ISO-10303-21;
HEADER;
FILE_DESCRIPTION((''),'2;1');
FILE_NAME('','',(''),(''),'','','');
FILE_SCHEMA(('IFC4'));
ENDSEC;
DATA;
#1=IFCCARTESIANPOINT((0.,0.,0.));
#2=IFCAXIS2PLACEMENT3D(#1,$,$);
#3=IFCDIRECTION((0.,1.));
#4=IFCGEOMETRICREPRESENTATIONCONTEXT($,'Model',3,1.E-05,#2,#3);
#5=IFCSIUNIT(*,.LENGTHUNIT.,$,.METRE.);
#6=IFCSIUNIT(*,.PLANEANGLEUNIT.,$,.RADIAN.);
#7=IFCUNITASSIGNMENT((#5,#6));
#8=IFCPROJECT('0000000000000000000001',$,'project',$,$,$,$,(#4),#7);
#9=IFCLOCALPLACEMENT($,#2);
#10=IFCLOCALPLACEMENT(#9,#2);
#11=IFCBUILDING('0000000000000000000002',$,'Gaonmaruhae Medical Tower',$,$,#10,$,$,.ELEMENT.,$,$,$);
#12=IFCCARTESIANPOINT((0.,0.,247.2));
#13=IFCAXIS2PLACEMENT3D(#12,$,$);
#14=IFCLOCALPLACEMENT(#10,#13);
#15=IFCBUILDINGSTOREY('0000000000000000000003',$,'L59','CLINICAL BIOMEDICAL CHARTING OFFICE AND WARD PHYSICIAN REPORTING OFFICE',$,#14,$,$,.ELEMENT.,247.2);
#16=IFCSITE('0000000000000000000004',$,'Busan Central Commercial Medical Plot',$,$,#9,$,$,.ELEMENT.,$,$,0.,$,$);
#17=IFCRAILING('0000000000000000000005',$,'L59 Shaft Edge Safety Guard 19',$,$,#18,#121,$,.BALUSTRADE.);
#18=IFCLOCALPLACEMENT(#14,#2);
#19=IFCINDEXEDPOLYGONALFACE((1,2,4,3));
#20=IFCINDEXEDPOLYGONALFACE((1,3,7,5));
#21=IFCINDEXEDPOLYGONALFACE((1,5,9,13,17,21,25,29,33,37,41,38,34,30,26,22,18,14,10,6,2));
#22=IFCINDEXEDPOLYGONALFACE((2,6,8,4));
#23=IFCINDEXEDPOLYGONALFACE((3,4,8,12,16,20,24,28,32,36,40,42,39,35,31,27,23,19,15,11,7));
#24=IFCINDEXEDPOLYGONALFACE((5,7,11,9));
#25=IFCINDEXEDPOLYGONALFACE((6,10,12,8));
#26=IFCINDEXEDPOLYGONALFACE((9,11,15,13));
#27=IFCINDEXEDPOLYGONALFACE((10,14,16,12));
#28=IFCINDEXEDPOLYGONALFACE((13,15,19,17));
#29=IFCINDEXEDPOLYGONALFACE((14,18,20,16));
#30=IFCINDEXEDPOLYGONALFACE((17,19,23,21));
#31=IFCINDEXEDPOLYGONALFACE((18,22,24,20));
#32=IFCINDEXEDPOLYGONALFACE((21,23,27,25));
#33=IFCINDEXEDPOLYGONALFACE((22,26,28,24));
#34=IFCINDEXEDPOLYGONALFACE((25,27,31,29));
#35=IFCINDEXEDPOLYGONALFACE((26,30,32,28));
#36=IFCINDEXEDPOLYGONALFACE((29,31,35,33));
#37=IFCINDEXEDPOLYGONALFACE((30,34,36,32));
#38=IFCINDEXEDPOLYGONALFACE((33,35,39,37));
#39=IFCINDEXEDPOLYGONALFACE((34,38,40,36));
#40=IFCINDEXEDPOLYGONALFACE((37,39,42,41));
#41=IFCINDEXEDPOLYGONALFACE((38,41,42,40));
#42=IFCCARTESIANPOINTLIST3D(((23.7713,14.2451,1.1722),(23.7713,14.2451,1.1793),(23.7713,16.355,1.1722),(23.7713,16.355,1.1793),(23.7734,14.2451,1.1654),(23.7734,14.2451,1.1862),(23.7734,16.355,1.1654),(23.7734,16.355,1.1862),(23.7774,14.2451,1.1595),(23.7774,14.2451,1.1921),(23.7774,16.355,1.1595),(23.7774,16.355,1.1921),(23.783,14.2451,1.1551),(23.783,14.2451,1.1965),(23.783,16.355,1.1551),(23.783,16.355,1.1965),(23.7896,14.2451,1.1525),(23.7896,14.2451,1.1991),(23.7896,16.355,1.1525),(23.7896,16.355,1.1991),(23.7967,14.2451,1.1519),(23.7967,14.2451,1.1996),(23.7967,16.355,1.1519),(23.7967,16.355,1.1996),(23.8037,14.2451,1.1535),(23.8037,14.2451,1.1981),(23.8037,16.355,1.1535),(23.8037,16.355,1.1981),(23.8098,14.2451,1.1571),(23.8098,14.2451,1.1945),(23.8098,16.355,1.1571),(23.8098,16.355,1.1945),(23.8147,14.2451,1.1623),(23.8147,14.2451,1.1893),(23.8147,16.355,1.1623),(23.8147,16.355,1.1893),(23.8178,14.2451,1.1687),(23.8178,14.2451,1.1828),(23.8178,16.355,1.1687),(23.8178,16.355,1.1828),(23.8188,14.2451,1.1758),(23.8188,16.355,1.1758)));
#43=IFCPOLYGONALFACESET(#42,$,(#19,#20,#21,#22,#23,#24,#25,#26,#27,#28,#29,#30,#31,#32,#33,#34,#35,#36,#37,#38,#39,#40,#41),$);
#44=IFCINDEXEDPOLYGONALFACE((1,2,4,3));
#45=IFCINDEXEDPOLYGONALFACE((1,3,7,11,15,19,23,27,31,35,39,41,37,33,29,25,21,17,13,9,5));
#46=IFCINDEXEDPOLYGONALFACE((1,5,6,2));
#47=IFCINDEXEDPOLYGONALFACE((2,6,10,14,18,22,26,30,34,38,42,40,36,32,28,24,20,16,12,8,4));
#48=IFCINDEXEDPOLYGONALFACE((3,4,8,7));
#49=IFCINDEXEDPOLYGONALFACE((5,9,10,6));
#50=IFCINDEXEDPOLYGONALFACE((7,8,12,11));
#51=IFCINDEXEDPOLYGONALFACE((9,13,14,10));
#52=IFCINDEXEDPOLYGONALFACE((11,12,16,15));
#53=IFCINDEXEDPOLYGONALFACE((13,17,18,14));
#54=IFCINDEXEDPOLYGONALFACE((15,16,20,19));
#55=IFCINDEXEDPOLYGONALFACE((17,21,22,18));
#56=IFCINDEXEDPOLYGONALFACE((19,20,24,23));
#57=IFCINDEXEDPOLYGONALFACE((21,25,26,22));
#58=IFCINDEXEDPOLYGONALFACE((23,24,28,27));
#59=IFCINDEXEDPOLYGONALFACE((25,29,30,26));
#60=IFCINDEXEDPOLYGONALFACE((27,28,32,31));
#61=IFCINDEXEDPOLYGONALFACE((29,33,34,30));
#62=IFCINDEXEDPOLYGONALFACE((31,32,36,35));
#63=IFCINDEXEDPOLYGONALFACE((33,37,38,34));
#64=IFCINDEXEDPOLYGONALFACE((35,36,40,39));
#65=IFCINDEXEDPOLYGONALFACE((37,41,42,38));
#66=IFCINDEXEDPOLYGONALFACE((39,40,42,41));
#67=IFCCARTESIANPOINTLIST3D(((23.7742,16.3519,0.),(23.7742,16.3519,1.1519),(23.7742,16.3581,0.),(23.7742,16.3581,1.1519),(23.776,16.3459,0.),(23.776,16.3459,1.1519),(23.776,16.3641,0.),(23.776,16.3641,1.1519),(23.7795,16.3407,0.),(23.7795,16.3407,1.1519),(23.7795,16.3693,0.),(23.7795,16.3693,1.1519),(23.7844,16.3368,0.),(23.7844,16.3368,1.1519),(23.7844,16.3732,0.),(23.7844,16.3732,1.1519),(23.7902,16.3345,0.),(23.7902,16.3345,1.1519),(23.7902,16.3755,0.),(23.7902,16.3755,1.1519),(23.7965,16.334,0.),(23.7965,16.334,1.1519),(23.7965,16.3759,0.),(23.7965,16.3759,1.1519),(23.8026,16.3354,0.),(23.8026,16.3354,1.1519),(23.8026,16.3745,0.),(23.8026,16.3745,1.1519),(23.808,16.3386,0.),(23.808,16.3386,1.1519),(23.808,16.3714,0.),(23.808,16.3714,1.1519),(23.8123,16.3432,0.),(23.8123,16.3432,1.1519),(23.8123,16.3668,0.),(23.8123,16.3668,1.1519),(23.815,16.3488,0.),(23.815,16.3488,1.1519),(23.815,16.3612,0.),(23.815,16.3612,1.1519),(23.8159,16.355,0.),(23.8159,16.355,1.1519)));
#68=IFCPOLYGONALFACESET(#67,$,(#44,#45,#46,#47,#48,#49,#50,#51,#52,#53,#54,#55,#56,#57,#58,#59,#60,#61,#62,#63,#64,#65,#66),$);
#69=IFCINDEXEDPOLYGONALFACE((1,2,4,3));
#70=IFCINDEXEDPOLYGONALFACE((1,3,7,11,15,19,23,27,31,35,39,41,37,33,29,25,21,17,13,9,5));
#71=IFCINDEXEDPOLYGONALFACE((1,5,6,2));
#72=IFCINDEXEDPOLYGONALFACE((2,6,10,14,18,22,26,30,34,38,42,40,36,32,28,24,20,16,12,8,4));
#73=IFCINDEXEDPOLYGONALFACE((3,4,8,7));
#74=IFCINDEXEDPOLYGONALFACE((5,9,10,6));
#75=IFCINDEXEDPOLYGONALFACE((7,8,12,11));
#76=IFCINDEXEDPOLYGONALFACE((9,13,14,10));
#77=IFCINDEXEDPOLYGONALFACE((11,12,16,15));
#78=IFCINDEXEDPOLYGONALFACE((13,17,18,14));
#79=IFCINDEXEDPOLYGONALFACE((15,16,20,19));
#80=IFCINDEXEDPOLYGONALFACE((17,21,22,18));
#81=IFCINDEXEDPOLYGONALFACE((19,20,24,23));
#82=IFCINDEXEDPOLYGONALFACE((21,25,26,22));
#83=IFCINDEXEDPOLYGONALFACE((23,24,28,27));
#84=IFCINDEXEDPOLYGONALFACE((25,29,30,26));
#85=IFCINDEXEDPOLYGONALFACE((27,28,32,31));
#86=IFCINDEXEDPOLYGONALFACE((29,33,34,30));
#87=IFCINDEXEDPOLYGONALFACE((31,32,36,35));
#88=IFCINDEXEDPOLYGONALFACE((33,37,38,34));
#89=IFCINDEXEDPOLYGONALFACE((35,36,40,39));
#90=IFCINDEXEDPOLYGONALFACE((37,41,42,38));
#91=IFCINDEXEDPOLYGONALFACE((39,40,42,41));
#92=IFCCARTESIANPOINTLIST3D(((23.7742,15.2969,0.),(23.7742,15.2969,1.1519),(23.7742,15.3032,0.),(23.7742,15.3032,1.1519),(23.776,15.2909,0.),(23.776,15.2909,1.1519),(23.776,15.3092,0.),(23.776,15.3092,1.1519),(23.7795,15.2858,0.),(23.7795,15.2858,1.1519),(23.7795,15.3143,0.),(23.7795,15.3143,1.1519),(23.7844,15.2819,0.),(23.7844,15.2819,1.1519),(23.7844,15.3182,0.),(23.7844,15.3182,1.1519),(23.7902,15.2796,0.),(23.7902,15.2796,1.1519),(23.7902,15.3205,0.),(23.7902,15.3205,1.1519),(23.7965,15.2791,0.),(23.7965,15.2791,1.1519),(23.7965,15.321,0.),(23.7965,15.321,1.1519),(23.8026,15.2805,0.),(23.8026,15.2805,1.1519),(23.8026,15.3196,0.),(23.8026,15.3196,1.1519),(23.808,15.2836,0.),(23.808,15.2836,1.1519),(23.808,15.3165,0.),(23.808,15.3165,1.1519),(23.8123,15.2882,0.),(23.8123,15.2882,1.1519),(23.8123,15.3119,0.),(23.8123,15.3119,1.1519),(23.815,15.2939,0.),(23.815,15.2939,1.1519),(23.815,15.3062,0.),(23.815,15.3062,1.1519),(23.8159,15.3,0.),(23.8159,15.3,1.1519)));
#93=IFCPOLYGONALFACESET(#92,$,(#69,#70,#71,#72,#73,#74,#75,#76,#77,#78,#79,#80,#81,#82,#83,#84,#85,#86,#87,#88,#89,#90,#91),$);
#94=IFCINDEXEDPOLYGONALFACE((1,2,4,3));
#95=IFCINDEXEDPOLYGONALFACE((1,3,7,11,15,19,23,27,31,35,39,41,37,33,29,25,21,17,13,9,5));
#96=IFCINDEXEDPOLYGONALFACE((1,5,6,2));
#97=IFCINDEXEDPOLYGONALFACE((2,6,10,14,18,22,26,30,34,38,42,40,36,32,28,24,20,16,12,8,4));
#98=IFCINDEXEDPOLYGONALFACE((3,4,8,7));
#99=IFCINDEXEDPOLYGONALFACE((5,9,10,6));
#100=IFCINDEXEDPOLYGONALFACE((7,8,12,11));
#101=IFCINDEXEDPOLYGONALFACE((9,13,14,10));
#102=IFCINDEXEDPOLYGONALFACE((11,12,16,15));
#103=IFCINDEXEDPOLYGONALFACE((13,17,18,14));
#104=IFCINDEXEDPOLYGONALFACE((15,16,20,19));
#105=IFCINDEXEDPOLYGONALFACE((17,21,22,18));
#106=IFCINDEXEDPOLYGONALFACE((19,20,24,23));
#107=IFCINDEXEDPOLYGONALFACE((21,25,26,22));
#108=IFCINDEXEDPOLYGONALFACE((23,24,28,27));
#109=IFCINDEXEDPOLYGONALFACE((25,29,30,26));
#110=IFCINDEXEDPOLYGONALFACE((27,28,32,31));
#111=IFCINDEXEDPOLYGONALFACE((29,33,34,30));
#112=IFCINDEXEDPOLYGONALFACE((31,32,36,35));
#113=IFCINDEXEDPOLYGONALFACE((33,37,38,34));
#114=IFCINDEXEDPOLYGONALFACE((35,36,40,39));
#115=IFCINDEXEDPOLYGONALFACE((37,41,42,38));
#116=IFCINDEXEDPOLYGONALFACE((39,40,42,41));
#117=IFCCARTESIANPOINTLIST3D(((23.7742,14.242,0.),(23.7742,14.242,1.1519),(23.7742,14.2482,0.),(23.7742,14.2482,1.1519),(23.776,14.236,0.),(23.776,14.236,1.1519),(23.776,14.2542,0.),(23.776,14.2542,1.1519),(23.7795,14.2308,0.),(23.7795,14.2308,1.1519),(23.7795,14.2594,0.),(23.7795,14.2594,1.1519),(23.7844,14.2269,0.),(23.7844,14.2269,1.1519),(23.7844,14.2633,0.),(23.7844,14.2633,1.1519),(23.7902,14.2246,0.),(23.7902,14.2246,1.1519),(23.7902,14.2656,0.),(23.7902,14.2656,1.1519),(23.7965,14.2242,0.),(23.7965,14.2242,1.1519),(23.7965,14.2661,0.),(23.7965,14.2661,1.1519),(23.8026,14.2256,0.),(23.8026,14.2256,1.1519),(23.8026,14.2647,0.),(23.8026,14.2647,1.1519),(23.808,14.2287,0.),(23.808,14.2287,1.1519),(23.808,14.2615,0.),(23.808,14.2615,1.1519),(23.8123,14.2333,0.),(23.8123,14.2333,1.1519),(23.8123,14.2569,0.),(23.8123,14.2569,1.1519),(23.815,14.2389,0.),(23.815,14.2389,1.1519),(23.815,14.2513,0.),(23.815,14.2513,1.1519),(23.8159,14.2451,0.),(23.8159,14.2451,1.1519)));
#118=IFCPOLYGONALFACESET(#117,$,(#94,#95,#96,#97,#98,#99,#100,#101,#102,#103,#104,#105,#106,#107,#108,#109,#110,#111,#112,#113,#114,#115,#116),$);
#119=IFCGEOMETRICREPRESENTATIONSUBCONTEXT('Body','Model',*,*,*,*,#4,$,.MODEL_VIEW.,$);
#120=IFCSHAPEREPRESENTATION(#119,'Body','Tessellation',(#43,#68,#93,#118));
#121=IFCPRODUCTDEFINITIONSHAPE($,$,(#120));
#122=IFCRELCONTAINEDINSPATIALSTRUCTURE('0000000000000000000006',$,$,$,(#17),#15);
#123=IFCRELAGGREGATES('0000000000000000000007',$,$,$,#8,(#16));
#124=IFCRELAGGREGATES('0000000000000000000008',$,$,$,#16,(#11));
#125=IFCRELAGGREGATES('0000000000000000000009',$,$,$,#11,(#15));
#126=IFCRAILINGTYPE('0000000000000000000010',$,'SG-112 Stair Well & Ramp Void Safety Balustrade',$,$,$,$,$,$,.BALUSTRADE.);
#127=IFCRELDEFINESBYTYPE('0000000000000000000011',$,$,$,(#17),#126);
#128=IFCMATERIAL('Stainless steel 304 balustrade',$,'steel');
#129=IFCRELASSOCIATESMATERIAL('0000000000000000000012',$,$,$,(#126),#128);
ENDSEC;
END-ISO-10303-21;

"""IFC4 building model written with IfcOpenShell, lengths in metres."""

from ifc_helpers import new_model, si_unit, direction, frame, origin, origin_2d, place, context, subcontext, project, spatial, circle, extrude, material, type_object, element, save


model = new_model("IFC4")

# Units and contexts
model_context = context("Model", 3, precision=1e-05, world=origin(), true_north=direction((0.0, 1.0)))
body_context = subcontext(model_context, "Body", "Model", "MODEL_VIEW")
ifc_project = project(units=[si_unit("LENGTHUNIT", "METRE"), si_unit("PLANEANGLEUNIT", "RADIAN")], contexts=[model_context])

# Site, building, storey
site_placement = place(None, origin())
site = spatial("IfcSite", under=ifc_project, at=site_placement, Name="Busan Central Commercial Medical Plot", CompositionType="ELEMENT", RefElevation=0.0)
building_placement = place(site_placement, origin())
building = spatial("IfcBuilding", under=site, at=building_placement, Name="Gaonmaruhae Medical Tower", CompositionType="ELEMENT")
storey_placement = place(building_placement, frame((0.0, 0.0, 247.2)))
storey = spatial("IfcBuildingStorey", under=building, at=storey_placement, Name="L59", Description="CLINICAL BIOMEDICAL CHARTING OFFICE AND WARD PHYSICIAN REPORTING OFFICE", CompositionType="ELEMENT", Elevation=247.2)

# Railing
ifc_material_1 = material(Name="Stainless steel 304 balustrade", Category="steel")
railing_type = type_object("IfcRailingType", Name="SG-112 Stair Well & Ramp Void Safety Balustrade", PredefinedType="BALUSTRADE", material=ifc_material_1)
railing_1_placement = place(storey_placement, frame((23.7949, 16.355, 0.0)))
element("IfcRailing", 1, at=railing_1_placement, inside=storey, type_object=railing_type, Name="L59 Shaft Edge Safety Guard 19", PredefinedType="BALUSTRADE", context=body_context, shape_type="SweptSolid", body=[
    extrude(circle(Radius=0.0239, at=origin_2d()), frame((0.0, 0.0, 1.1758), z_axis=(0.0, -1.0, 0.0), x_axis=(1.0, 0.0, 0.0)), (0.0, 0.0, 1.0), 2.1099),
    extrude(circle(Radius=0.021, at=origin_2d()), origin(), (0.0, 0.0, 1.0), 1.1519),
    extrude(circle(Radius=0.021, at=origin_2d()), frame((0.0, -1.0549, 0.0)), (0.0, 0.0, 1.0), 1.1519),
    extrude(circle(Radius=0.021, at=origin_2d()), frame((0.0, -2.1099, 0.0)), (0.0, 0.0, 1.0), 1.1519),
])

save(model, "model.ifc")
